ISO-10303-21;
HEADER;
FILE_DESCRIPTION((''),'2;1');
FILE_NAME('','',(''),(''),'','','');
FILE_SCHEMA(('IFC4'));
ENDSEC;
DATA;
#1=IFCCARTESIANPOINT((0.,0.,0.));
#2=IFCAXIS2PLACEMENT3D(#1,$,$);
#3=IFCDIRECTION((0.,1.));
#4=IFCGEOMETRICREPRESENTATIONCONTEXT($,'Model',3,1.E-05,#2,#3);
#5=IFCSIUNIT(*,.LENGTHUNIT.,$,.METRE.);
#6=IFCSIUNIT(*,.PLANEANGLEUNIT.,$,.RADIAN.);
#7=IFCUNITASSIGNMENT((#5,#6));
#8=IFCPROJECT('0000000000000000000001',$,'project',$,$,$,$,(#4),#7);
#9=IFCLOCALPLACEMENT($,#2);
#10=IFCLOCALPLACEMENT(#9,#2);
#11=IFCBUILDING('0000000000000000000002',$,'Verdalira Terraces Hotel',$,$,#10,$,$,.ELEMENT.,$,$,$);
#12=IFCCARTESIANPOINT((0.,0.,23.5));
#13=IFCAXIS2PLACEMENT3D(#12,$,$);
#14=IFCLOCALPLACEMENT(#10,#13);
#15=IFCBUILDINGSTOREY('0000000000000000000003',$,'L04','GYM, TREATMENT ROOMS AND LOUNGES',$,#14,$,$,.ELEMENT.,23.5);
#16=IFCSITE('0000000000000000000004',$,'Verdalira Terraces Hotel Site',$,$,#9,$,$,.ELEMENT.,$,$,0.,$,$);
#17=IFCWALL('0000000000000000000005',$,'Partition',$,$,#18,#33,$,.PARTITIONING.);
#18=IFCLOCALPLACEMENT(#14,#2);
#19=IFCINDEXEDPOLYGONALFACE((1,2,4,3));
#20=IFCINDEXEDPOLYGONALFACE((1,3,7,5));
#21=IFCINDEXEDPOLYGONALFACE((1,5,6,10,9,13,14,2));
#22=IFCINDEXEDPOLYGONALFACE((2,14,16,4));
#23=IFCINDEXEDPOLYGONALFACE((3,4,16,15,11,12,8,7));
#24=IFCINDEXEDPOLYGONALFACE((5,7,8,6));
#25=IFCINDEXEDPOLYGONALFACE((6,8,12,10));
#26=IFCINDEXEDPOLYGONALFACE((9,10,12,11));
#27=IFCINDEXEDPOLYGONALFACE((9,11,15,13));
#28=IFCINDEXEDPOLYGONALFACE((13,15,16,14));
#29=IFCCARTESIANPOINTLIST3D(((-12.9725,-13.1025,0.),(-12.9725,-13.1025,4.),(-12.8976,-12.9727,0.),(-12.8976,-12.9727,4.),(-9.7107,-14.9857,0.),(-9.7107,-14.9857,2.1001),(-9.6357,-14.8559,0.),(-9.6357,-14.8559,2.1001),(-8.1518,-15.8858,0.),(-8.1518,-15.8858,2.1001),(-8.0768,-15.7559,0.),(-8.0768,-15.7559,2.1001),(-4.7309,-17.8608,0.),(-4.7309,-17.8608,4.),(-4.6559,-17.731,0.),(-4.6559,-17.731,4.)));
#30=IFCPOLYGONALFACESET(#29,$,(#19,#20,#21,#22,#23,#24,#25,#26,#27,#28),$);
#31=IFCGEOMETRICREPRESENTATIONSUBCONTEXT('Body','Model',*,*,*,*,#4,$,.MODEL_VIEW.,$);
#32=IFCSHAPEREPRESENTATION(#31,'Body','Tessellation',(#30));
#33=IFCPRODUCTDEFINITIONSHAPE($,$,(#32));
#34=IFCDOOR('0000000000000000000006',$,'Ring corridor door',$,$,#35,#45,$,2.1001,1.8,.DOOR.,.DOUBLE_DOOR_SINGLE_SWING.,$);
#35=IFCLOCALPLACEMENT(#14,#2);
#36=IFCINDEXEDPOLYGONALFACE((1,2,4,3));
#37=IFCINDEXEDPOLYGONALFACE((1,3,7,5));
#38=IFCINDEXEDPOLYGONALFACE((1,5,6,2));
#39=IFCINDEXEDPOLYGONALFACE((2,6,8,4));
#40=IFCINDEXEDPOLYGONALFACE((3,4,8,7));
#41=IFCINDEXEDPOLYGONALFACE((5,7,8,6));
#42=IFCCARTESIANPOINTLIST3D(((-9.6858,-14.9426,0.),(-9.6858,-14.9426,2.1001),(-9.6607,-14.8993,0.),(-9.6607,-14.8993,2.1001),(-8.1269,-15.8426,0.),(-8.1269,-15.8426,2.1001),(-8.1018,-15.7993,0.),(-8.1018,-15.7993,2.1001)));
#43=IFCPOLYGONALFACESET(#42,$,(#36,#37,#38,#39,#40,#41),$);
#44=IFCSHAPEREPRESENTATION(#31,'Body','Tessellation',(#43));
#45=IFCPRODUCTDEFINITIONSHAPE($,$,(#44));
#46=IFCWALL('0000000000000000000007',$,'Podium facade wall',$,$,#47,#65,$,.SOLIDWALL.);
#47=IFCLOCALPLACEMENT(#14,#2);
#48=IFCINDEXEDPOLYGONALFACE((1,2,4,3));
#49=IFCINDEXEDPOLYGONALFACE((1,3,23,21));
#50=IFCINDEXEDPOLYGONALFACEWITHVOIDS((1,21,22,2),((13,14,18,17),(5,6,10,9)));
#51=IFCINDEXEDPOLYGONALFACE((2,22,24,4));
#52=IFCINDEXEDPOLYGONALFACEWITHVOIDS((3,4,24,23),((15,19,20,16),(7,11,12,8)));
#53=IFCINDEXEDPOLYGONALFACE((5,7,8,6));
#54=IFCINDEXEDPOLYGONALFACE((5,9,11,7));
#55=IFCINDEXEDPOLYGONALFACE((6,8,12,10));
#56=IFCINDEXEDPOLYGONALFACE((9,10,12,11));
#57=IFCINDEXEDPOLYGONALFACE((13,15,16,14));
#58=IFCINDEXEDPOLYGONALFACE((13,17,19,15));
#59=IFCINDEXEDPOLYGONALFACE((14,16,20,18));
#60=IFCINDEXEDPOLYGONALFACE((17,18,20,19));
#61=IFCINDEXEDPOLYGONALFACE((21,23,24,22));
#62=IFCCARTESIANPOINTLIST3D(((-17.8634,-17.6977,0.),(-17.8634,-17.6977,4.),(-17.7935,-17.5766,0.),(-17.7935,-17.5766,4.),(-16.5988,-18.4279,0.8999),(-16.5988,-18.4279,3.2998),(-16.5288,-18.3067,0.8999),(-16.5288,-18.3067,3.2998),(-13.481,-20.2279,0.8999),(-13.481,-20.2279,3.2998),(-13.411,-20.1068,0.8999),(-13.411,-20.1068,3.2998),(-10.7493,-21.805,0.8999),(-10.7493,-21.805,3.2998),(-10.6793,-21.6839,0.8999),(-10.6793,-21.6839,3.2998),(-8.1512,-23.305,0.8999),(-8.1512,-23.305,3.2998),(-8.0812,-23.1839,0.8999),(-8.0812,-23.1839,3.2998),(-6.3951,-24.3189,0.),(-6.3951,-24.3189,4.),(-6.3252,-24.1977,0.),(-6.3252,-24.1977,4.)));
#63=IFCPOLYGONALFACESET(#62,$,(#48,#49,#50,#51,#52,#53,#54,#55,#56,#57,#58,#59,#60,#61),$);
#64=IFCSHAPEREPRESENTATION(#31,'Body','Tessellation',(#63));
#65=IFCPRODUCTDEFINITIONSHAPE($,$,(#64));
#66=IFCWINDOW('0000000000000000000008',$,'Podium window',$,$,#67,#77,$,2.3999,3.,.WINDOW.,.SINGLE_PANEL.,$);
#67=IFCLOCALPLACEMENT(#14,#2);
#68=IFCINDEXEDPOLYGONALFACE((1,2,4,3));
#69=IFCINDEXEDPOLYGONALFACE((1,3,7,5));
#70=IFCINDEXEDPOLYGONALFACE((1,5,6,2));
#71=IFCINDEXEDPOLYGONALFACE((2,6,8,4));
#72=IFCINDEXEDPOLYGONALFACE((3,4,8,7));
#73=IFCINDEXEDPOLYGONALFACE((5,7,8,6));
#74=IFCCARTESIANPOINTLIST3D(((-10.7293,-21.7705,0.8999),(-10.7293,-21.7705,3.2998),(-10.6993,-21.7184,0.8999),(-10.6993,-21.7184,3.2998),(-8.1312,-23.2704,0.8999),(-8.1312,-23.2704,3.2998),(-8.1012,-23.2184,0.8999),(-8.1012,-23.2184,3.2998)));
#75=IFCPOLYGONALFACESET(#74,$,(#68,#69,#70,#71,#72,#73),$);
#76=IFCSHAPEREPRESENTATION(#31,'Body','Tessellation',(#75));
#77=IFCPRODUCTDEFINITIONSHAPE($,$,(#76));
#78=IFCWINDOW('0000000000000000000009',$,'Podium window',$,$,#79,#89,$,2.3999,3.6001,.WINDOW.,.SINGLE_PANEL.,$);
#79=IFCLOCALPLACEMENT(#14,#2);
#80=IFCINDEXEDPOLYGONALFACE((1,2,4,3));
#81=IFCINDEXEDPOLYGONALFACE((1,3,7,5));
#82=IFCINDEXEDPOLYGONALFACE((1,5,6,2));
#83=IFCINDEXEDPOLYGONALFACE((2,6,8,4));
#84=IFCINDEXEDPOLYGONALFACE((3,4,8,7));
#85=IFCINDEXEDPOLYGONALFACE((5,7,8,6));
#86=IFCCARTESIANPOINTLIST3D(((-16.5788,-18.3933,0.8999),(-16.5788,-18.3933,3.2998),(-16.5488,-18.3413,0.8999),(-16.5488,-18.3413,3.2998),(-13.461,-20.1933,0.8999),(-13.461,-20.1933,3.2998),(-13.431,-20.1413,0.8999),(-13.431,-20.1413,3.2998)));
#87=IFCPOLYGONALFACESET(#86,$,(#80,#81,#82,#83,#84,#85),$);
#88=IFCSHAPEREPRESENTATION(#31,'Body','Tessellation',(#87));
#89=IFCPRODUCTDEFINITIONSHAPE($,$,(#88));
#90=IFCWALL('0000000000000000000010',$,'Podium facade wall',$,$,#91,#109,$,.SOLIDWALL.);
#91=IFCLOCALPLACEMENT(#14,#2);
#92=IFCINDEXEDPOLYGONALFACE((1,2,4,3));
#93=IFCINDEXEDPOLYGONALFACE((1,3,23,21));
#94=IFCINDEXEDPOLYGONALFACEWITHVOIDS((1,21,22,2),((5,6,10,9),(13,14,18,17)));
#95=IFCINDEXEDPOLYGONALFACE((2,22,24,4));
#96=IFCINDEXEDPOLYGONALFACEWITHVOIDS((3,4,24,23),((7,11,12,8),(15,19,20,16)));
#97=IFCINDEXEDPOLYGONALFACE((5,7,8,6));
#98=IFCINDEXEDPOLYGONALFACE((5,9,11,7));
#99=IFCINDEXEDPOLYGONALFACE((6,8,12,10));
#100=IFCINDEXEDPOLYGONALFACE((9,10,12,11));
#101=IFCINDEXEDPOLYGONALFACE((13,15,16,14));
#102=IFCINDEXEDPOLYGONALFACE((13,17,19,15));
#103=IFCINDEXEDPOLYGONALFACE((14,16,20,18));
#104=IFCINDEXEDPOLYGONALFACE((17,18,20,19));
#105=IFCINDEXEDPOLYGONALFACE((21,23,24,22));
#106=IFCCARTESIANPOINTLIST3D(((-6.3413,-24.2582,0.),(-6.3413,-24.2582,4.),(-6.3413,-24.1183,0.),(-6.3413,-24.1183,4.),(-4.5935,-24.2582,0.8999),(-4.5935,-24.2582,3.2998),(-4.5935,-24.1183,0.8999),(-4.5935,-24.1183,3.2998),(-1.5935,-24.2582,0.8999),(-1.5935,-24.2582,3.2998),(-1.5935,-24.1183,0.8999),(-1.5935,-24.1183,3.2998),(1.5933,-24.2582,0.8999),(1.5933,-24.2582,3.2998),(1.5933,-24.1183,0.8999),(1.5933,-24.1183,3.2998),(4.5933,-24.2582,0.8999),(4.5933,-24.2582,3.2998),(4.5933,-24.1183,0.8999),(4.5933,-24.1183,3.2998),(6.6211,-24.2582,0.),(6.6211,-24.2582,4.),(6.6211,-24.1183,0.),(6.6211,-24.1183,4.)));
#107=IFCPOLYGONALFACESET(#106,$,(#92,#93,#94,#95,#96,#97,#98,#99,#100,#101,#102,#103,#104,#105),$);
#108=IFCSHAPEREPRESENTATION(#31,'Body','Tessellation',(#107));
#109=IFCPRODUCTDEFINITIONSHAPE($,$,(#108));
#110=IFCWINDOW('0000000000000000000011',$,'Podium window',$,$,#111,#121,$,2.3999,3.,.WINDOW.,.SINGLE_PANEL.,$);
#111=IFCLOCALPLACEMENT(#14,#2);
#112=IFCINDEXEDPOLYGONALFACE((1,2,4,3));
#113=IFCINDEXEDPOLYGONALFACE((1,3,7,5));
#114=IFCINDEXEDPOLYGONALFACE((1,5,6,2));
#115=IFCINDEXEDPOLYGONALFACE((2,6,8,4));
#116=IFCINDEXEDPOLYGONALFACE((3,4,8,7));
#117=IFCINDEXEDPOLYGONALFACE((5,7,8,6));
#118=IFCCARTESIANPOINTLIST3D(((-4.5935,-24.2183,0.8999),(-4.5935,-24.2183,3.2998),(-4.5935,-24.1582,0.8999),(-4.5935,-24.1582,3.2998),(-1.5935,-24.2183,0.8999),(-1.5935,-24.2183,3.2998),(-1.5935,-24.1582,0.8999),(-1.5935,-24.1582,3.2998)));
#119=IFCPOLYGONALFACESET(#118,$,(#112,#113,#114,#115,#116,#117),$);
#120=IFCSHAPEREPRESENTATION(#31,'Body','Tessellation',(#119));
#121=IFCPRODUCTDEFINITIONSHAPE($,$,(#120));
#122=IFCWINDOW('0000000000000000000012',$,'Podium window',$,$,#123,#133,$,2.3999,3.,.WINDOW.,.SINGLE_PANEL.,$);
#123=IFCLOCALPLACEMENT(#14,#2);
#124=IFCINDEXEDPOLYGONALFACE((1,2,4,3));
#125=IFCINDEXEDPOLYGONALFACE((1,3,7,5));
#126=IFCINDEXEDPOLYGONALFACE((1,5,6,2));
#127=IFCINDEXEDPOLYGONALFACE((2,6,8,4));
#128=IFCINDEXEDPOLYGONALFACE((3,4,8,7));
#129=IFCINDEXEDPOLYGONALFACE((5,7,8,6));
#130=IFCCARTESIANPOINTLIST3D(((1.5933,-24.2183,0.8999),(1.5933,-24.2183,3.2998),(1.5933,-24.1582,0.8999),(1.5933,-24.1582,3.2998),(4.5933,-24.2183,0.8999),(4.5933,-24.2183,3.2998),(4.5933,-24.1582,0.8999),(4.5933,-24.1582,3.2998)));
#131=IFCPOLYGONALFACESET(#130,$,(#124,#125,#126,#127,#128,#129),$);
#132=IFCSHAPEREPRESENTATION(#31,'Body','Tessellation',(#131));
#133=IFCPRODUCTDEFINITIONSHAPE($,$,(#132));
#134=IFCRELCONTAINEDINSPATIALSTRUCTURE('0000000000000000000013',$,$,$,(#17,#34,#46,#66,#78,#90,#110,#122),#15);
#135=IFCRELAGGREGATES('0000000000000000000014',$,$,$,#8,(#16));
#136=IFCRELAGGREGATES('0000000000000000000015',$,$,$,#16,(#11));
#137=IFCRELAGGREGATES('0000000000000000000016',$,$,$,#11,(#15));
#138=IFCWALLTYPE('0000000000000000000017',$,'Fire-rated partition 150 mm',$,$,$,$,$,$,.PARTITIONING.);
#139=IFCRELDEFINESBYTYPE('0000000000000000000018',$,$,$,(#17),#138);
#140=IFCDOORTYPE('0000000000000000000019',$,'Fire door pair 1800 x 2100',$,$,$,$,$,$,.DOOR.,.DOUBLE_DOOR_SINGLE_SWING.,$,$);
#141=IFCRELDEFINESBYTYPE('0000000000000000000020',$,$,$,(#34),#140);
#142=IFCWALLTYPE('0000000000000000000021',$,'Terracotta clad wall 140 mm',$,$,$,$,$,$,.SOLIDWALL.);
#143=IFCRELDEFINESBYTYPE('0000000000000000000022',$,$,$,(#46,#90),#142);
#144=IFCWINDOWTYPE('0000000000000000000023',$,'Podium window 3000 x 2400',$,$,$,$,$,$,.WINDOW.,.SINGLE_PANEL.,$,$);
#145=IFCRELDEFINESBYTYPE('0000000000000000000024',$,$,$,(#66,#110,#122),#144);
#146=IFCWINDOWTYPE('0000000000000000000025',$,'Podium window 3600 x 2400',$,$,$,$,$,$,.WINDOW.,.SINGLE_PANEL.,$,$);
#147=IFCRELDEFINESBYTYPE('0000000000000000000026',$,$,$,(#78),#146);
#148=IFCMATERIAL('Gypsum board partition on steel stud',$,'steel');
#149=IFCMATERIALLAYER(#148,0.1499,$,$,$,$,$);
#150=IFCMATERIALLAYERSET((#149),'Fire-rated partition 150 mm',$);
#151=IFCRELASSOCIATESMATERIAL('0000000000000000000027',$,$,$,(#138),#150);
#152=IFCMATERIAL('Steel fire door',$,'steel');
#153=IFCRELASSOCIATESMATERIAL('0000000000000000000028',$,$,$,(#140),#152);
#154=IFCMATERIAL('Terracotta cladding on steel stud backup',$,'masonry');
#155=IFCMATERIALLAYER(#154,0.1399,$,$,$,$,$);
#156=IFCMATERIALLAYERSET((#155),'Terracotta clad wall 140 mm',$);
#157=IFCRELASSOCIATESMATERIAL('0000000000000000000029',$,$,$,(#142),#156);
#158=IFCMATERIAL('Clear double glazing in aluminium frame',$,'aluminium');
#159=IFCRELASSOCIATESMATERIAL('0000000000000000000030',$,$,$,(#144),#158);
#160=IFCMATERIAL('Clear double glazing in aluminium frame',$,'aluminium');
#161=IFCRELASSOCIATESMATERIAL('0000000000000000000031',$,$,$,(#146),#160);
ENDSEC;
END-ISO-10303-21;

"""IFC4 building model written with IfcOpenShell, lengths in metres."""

from ifc_helpers import new_model, si_unit, direction, frame, frame_2d, origin, place, context, subcontext, project, spatial, rectangle, extrude, material, layer, layer_set, type_object, element, fill, save


model = new_model("IFC4")

# Units and contexts
model_context = context("Model", 3, precision=1e-05, world=origin(), true_north=direction((0.0, 1.0)))
body_context = subcontext(model_context, "Body", "Model", "MODEL_VIEW")
ifc_project = project(units=[si_unit("LENGTHUNIT", "METRE"), si_unit("PLANEANGLEUNIT", "RADIAN")], contexts=[model_context])

# Site, building, storey
site_placement = place(None, origin())
site = spatial("IfcSite", under=ifc_project, at=site_placement, Name="Verdalira Terraces Hotel Site", CompositionType="ELEMENT", RefElevation=0.0)
building_placement = place(site_placement, origin())
building = spatial("IfcBuilding", under=site, at=building_placement, Name="Verdalira Terraces Hotel", CompositionType="ELEMENT")
storey_placement = place(building_placement, frame((0.0, 0.0, 23.5)))
storey = spatial("IfcBuildingStorey", under=building, at=storey_placement, Name="L04", Description="GYM, TREATMENT ROOMS AND LOUNGES", CompositionType="ELEMENT", Elevation=23.5)

# Shared definitions
ifc_material_1 = material(Name="Gypsum board partition on steel stud", Category="steel")
ifc_layer_1 = layer(ifc_material_1, 0.1499)
ifc_layer_set_1 = layer_set([ifc_layer_1], Name="Fire-rated partition 150 mm")
wall_type_1 = type_object("IfcWallType", Name="Fire-rated partition 150 mm", PredefinedType="PARTITIONING", material=ifc_layer_set_1)

# Wall, opening, door
wall_1_placement = place(storey_placement, frame((-12.9351, -13.0376, 0.0), z_axis=(0.0, 0.0, 1.0), x_axis=(0.866028, -0.499996, 0.0)))
wall_1 = element("IfcWall", 1, at=wall_1_placement, inside=storey, type_object=wall_type_1, Name="Partition", PredefinedType="PARTITIONING", context=body_context, shape_type="SweptSolid", body=[
    extrude(rectangle(XDim=9.5166, YDim=0.1499, at=frame_2d((4.7583, 0.0))), origin(), (0.0, 0.0, 1.0), 4.0),
])
opening_1_placement = place(wall_1_placement, frame((3.7666, 0.0, 0.0)))
opening_1 = element("IfcOpeningElement", 2, at=opening_1_placement, cuts=wall_1, PredefinedType="OPENING", context=body_context, shape_type="SweptSolid", body=[
    extrude(rectangle(XDim=1.8, YDim=2.1001, at=frame_2d((0.8999, 1.05))), frame((0.0, 0.085, 0.0), z_axis=(0.0, -1.0, 0.0), x_axis=(1.0, 0.0, 0.0)), (0.0, 0.0, 1.0), 0.1699),
])
ifc_material_2 = material(Name="Steel fire door", Category="steel")
door_type_1 = type_object("IfcDoorType", Name="Fire door pair 1800 x 2100", OperationType="DOUBLE_DOOR_SINGLE_SWING", PredefinedType="DOOR", material=ifc_material_2)
door_1_placement = place(opening_1_placement, origin())
door_1 = element("IfcDoor", 3, at=door_1_placement, inside=storey, type_object=door_type_1, Name="Ring corridor door", OperationType="DOUBLE_DOOR_SINGLE_SWING", OverallHeight=2.1001, OverallWidth=1.8, PredefinedType="DOOR", context=body_context, shape_type="SweptSolid", body=[
    extrude(rectangle(XDim=1.8, YDim=2.1001, at=frame_2d((0.8999, 1.05))), frame((0.0, 0.0249, 0.0), z_axis=(0.0, -1.0, 0.0), x_axis=(1.0, 0.0, 0.0)), (0.0, 0.0, 1.0), 0.05),
])
fill(opening_1, door_1)

# Walls, openings, windows
ifc_material_3 = material(Name="Terracotta cladding on steel stud backup", Category="masonry")
ifc_layer_2 = layer(ifc_material_3, 0.1399)
ifc_layer_set_2 = layer_set([ifc_layer_2], Name="Terracotta clad wall 140 mm")
wall_type_2 = type_object("IfcWallType", Name="Terracotta clad wall 140 mm", PredefinedType="SOLIDWALL", material=ifc_layer_set_2)
wall_2_placement = place(storey_placement, frame((-17.8284, -17.6372, 0.0), z_axis=(0.0, 0.0, 1.0), x_axis=(0.866029, -0.499994, 0.0)))
wall_2 = element("IfcWall", 4, at=wall_2_placement, inside=storey, type_object=wall_type_2, Name="Podium facade wall", PredefinedType="SOLIDWALL", context=body_context, shape_type="SweptSolid", body=[
    extrude(rectangle(XDim=13.2424, YDim=0.1399, at=frame_2d((6.6211, 0.0))), origin(), (0.0, 0.0, 1.0), 4.0),
])
opening_2_placement = place(wall_2_placement, frame((1.4602, 0.0, 0.8999)))
opening_2 = element("IfcOpeningElement", 5, at=opening_2_placement, cuts=wall_2, PredefinedType="OPENING", context=body_context, shape_type="SweptSolid", body=[
    extrude(rectangle(XDim=3.6001, YDim=2.3999, at=frame_2d((1.8, 1.2))), frame((0.0, 0.0798, 0.0), z_axis=(0.0, -1.0, 0.0), x_axis=(1.0, 0.0, 0.0)), (0.0, 0.0, 1.0), 0.1599),
])
opening_3_placement = place(wall_2_placement, frame((8.2146, 0.0, 0.8999)))
opening_3 = element("IfcOpeningElement", 6, at=opening_3_placement, cuts=wall_2, PredefinedType="OPENING", context=body_context, shape_type="SweptSolid", body=[
    extrude(rectangle(XDim=3.0, YDim=2.3999, at=frame_2d((1.5, 1.2))), frame((0.0, 0.0798, 0.0), z_axis=(0.0, -1.0, 0.0), x_axis=(1.0, 0.0, 0.0)), (0.0, 0.0, 1.0), 0.1599),
])
ifc_material_4 = material(Name="Clear double glazing in aluminium frame", Category="aluminium")
window_type_1 = type_object("IfcWindowType", Name="Podium window 3000 x 2400", PartitioningType="SINGLE_PANEL", PredefinedType="WINDOW", material=ifc_material_4)
window_1_placement = place(opening_3_placement, origin())
window_1 = element("IfcWindow", 7, at=window_1_placement, inside=storey, type_object=window_type_1, Name="Podium window", OverallHeight=2.3999, OverallWidth=3.0, PartitioningType="SINGLE_PANEL", PredefinedType="WINDOW", context=body_context, shape_type="SweptSolid", body=[
    extrude(rectangle(XDim=3.0, YDim=2.3999, at=frame_2d((1.5, 1.2))), frame((0.0, 0.03, 0.0), z_axis=(0.0, -1.0, 0.0), x_axis=(1.0, 0.0, 0.0)), (0.0, 0.0, 1.0), 0.0601),
])
fill(opening_3, window_1)
ifc_material_5 = material(Name="Clear double glazing in aluminium frame", Category="aluminium")
window_type_2 = type_object("IfcWindowType", Name="Podium window 3600 x 2400", PartitioningType="SINGLE_PANEL", PredefinedType="WINDOW", material=ifc_material_5)
window_2_placement = place(opening_2_placement, origin())
window_2 = element("IfcWindow", 8, at=window_2_placement, inside=storey, type_object=window_type_2, Name="Podium window", OverallHeight=2.3999, OverallWidth=3.6001, PartitioningType="SINGLE_PANEL", PredefinedType="WINDOW", context=body_context, shape_type="SweptSolid", body=[
    extrude(rectangle(XDim=3.6001, YDim=2.3999, at=frame_2d((1.8, 1.2))), frame((0.0, 0.03, 0.0), z_axis=(0.0, -1.0, 0.0), x_axis=(1.0, 0.0, 0.0)), (0.0, 0.0, 1.0), 0.0601),
])
fill(opening_2, window_2)
wall_3_placement = place(storey_placement, frame((-6.3413, -24.1882, 0.0), z_axis=(0.0, 0.0, 1.0), x_axis=(1.0, 0.0, 0.0)))
wall_3 = element("IfcWall", 9, at=wall_3_placement, inside=storey, type_object=wall_type_2, Name="Podium facade wall", PredefinedType="SOLIDWALL", context=body_context, shape_type="SweptSolid", body=[
    extrude(rectangle(XDim=12.9624, YDim=0.1399, at=frame_2d((6.4812, 0.0))), origin(), (0.0, 0.0, 1.0), 4.0),
])
opening_4_placement = place(wall_3_placement, frame((1.7478, 0.0, 0.8999)))
opening_4 = element("IfcOpeningElement", 10, at=opening_4_placement, cuts=wall_3, PredefinedType="OPENING", context=body_context, shape_type="SweptSolid", body=[
    extrude(rectangle(XDim=3.0, YDim=2.3999, at=frame_2d((1.5, 1.2))), frame((0.0, 0.0798, 0.0), z_axis=(0.0, -1.0, 0.0), x_axis=(1.0, 0.0, 0.0)), (0.0, 0.0, 1.0), 0.1599),
])
opening_5_placement = place(wall_3_placement, frame((7.9346, 0.0, 0.8999)))
opening_5 = element("IfcOpeningElement", 11, at=opening_5_placement, cuts=wall_3, PredefinedType="OPENING", context=body_context, shape_type="SweptSolid", body=[
    extrude(rectangle(XDim=3.0, YDim=2.3999, at=frame_2d((1.5, 1.2))), frame((0.0, 0.0798, 0.0), z_axis=(0.0, -1.0, 0.0), x_axis=(1.0, 0.0, 0.0)), (0.0, 0.0, 1.0), 0.1599),
])
window_3_placement = place(opening_4_placement, origin())
window_3 = element("IfcWindow", 12, at=window_3_placement, inside=storey, type_object=window_type_1, Name="Podium window", OverallHeight=2.3999, OverallWidth=3.0, PartitioningType="SINGLE_PANEL", PredefinedType="WINDOW", context=body_context, shape_type="SweptSolid", body=[
    extrude(rectangle(XDim=3.0, YDim=2.3999, at=frame_2d((1.5, 1.2))), frame((0.0, 0.03, 0.0), z_axis=(0.0, -1.0, 0.0), x_axis=(1.0, 0.0, 0.0)), (0.0, 0.0, 1.0), 0.0601),
])
fill(opening_4, window_3)
window_4_placement = place(opening_5_placement, origin())
window_4 = element("IfcWindow", 13, at=window_4_placement, inside=storey, type_object=window_type_1, Name="Podium window", OverallHeight=2.3999, OverallWidth=3.0, PartitioningType="SINGLE_PANEL", PredefinedType="WINDOW", context=body_context, shape_type="SweptSolid", body=[
    extrude(rectangle(XDim=3.0, YDim=2.3999, at=frame_2d((1.5, 1.2))), frame((0.0, 0.03, 0.0), z_axis=(0.0, -1.0, 0.0), x_axis=(1.0, 0.0, 0.0)), (0.0, 0.0, 1.0), 0.0601),
])
fill(opening_5, window_4)

save(model, "model.ifc")
